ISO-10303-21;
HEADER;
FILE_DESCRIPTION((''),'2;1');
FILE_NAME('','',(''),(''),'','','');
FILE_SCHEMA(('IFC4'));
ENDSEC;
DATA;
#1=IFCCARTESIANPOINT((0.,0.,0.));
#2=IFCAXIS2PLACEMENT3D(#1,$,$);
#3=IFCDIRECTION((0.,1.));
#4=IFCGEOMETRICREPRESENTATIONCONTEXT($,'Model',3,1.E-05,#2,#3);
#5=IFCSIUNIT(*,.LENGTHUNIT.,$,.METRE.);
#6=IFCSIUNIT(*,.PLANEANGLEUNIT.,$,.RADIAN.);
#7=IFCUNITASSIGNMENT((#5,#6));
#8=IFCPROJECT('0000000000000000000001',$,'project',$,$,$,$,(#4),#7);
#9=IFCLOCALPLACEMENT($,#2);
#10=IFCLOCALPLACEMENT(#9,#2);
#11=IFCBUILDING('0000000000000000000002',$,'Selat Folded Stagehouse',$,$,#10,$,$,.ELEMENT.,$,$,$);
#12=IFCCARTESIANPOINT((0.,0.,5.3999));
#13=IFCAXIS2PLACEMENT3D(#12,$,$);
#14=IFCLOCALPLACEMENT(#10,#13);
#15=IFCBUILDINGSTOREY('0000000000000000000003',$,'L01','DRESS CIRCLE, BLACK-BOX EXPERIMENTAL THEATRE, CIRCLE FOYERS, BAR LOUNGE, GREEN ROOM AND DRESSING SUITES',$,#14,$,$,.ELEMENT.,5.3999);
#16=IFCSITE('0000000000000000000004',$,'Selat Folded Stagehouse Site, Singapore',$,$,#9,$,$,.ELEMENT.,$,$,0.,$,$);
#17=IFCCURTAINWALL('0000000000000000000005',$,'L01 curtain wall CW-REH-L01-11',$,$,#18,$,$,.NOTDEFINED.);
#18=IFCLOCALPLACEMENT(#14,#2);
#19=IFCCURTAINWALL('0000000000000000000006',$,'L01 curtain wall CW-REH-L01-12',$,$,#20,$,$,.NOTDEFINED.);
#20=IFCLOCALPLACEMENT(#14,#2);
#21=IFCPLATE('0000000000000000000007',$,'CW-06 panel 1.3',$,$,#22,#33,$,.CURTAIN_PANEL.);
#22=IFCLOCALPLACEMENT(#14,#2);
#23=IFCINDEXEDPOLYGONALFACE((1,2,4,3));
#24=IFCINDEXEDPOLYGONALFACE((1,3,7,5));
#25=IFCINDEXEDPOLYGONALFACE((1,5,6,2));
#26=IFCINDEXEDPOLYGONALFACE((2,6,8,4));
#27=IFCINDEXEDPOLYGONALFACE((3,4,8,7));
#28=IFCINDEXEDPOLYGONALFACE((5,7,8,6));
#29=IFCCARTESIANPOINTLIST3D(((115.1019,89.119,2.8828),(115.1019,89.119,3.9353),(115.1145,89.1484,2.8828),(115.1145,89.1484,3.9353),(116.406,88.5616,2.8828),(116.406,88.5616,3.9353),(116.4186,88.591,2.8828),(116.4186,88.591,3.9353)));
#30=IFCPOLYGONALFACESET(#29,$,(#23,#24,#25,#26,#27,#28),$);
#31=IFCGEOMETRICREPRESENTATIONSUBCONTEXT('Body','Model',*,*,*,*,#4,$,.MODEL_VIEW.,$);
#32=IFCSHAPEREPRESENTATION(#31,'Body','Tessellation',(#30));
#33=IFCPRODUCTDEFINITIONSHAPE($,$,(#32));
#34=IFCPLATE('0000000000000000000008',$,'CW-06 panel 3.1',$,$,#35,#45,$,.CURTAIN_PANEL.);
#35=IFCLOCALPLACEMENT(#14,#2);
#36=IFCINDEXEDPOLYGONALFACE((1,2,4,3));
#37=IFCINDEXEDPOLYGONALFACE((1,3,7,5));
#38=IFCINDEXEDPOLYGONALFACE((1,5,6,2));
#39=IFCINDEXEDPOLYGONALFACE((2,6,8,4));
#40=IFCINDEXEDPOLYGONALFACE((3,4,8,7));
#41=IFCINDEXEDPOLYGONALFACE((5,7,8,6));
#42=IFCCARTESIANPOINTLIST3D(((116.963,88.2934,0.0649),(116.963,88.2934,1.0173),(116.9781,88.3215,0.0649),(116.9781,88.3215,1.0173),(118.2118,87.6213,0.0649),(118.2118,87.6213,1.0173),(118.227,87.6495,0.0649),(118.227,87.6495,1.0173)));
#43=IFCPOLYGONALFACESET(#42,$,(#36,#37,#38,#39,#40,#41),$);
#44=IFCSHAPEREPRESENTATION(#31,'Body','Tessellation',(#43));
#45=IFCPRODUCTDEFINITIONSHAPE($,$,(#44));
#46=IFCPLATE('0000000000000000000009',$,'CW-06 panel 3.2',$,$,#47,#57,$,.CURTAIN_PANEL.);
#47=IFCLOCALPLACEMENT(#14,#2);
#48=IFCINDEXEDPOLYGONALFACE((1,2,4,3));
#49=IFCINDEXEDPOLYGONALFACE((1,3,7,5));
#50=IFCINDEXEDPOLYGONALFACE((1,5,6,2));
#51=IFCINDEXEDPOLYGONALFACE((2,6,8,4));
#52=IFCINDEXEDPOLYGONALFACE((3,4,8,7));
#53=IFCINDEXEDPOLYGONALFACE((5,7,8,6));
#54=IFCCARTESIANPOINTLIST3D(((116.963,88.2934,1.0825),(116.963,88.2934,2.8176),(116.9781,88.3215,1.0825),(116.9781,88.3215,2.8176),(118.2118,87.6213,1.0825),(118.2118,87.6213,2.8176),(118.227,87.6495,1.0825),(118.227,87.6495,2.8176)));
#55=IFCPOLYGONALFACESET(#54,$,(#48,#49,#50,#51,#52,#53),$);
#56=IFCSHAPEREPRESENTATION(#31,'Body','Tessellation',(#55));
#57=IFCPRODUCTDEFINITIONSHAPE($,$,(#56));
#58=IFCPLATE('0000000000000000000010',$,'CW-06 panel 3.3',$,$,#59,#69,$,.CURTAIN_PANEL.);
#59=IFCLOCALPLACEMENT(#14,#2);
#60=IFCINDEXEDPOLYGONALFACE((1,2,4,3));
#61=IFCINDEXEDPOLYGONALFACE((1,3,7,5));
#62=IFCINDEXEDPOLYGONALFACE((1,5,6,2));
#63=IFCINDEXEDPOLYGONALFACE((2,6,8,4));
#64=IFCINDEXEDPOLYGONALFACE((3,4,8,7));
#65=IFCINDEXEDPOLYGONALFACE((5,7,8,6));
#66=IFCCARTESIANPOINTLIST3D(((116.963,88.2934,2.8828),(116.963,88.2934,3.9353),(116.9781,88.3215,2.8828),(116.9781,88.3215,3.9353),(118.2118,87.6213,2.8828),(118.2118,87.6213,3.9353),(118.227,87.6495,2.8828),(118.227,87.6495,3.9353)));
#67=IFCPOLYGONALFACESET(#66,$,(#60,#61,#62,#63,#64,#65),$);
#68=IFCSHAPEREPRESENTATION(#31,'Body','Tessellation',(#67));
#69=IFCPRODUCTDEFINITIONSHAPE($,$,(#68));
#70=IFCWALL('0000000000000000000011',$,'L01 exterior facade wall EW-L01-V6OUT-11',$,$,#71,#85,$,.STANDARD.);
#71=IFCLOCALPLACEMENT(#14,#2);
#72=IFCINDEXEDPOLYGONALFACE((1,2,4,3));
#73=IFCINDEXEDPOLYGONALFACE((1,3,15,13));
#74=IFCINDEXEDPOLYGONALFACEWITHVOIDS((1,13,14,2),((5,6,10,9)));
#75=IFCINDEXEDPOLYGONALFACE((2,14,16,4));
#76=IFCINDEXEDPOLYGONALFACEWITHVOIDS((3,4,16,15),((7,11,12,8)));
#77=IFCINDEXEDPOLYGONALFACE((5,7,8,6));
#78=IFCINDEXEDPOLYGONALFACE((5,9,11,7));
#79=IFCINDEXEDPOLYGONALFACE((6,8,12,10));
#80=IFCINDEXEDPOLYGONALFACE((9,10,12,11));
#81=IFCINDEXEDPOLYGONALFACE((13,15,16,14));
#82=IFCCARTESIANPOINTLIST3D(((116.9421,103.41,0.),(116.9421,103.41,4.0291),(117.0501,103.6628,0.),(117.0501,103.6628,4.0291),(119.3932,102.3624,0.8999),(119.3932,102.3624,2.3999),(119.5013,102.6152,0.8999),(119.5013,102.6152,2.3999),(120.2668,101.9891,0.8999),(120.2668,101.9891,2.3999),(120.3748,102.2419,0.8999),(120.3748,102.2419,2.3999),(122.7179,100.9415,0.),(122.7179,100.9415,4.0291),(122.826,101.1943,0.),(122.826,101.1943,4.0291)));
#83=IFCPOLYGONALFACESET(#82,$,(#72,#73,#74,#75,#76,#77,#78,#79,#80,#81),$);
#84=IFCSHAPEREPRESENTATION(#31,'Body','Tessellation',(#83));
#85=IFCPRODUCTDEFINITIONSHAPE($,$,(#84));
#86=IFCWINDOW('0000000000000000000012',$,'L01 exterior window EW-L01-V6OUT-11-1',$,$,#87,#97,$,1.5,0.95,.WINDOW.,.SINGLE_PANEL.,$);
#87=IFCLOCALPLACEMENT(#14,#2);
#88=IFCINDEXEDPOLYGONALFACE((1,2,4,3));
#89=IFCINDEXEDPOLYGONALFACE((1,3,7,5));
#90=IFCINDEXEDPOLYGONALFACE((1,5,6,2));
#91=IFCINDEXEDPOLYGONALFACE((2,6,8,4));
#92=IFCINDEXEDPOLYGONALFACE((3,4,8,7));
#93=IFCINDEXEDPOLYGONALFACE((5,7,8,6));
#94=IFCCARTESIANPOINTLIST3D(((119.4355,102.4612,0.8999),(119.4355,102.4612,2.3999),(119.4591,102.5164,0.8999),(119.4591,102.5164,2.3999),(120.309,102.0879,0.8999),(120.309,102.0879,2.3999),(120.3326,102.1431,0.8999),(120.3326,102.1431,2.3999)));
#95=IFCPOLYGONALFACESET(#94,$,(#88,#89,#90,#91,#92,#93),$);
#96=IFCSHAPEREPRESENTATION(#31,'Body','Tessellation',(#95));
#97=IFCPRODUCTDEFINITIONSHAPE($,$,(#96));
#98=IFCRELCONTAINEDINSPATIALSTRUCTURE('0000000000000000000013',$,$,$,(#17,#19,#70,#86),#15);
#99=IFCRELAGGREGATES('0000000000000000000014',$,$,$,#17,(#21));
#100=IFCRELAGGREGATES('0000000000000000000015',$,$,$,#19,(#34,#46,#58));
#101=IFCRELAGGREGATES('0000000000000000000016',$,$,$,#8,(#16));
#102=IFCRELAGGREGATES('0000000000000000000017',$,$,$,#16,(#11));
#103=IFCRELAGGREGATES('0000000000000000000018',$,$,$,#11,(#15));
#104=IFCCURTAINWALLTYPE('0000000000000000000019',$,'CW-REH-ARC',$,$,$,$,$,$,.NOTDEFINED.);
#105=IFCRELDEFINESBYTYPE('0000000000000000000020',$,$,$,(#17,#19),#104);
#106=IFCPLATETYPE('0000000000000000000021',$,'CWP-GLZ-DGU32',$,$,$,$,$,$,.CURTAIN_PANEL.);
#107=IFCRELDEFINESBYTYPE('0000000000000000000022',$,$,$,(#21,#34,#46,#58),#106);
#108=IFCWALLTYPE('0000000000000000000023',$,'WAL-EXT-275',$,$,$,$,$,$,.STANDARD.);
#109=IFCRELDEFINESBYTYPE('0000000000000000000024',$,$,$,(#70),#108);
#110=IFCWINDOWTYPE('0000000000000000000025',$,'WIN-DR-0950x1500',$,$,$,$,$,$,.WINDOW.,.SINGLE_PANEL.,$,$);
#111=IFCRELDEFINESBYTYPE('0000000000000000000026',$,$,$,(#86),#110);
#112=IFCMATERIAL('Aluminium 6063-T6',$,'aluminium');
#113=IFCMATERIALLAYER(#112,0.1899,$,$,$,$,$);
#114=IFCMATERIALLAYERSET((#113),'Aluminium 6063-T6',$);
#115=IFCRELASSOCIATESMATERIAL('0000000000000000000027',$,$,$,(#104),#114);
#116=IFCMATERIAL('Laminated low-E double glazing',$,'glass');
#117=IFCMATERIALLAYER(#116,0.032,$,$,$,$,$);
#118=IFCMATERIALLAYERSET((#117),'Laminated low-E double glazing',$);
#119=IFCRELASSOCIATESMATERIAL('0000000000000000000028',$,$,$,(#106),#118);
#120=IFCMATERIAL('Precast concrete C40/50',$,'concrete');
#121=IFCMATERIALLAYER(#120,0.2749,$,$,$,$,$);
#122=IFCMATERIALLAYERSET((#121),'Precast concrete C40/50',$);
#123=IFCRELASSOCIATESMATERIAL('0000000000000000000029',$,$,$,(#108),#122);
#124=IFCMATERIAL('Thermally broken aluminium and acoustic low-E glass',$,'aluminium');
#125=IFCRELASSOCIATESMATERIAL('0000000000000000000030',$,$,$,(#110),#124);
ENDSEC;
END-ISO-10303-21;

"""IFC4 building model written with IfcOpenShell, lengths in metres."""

from ifc_helpers import new_model, si_unit, direction, frame, frame_2d, origin, origin_2d, place, context, subcontext, project, spatial, rectangle, extrude, material, layer, layer_set, type_object, element, fill, aggregate, save


model = new_model("IFC4")

# Units and contexts
model_context = context("Model", 3, precision=1e-05, world=origin(), true_north=direction((0.0, 1.0)))
body_context = subcontext(model_context, "Body", "Model", "MODEL_VIEW")
ifc_project = project(units=[si_unit("LENGTHUNIT", "METRE"), si_unit("PLANEANGLEUNIT", "RADIAN")], contexts=[model_context])

# Site, building, storey
site_placement = place(None, origin())
site = spatial("IfcSite", under=ifc_project, at=site_placement, Name="Selat Folded Stagehouse Site, Singapore", CompositionType="ELEMENT", RefElevation=0.0)
building_placement = place(site_placement, origin())
building = spatial("IfcBuilding", under=site, at=building_placement, Name="Selat Folded Stagehouse", CompositionType="ELEMENT")
storey_placement = place(building_placement, frame((0.0, 0.0, 5.3999)))
storey = spatial("IfcBuildingStorey", under=building, at=storey_placement, Name="L01", Description="DRESS CIRCLE, BLACK-BOX EXPERIMENTAL THEATRE, CIRCLE FOYERS, BAR LOUNGE, GREEN ROOM AND DRESSING SUITES", CompositionType="ELEMENT", Elevation=5.3999)

# Curtain walls
ifc_material_1 = material(Name="Aluminium 6063-T6", Category="aluminium")
ifc_layer_1 = layer(ifc_material_1, 0.1899)
ifc_layer_set_1 = layer_set([ifc_layer_1], Name="Aluminium 6063-T6")
curtain_wall_type = type_object("IfcCurtainWallType", Name="CW-REH-ARC", PredefinedType="NOTDEFINED", material=ifc_layer_set_1)
curtain_wall_1_placement = place(storey_placement, origin())
curtain_wall_1 = element("IfcCurtainWall", 1, at=curtain_wall_1_placement, inside=storey, type_object=curtain_wall_type, Name="L01 curtain wall CW-REH-L01-11", PredefinedType="NOTDEFINED")
curtain_wall_2_placement = place(storey_placement, origin())
curtain_wall_2 = element("IfcCurtainWall", 2, at=curtain_wall_2_placement, inside=storey, type_object=curtain_wall_type, Name="L01 curtain wall CW-REH-L01-12", PredefinedType="NOTDEFINED")

# Plates
ifc_material_2 = material(Name="Laminated low-E double glazing", Category="glass")
ifc_layer_2 = layer(ifc_material_2, 0.032)
ifc_layer_set_2 = layer_set([ifc_layer_2], Name="Laminated low-E double glazing")
plate_type = type_object("IfcPlateType", Name="CWP-GLZ-DGU32", PredefinedType="CURTAIN_PANEL", material=ifc_layer_set_2)
plate_1_placement = place(storey_placement, frame((115.7603, 88.855, 2.8828), z_axis=(0.0, 0.0, 1.0), x_axis=(-0.919533, 0.393012, 0.0)))
plate_1 = element("IfcPlate", 3, at=plate_1_placement, type_object=plate_type, Name="CW-06 panel 1.3", PredefinedType="CURTAIN_PANEL", context=body_context, shape_type="SweptSolid", body=[
    extrude(rectangle(XDim=1.4182, YDim=0.032, at=origin_2d()), origin(), (0.0, 0.0, 1.0), 1.0525),
])
aggregate(curtain_wall_1, [plate_1])
plate_2_placement = place(storey_placement, frame((117.595, 87.9714, 0.0649), z_axis=(0.0, 0.0, 1.0), x_axis=(-0.880601, 0.473859, 0.0)))
plate_2 = element("IfcPlate", 4, at=plate_2_placement, type_object=plate_type, Name="CW-06 panel 3.1", PredefinedType="CURTAIN_PANEL", context=body_context, shape_type="SweptSolid", body=[
    extrude(rectangle(XDim=1.4182, YDim=0.032, at=origin_2d()), origin(), (0.0, 0.0, 1.0), 0.9524),
])
plate_3_placement = place(storey_placement, frame((117.595, 87.9714, 1.0825), z_axis=(0.0, 0.0, 1.0), x_axis=(-0.880601, 0.473859, 0.0)))
plate_3 = element("IfcPlate", 5, at=plate_3_placement, type_object=plate_type, Name="CW-06 panel 3.2", PredefinedType="CURTAIN_PANEL", context=body_context, shape_type="SweptSolid", body=[
    extrude(rectangle(XDim=1.4182, YDim=0.032, at=origin_2d()), origin(), (0.0, 0.0, 1.0), 1.7351),
])
plate_4_placement = place(storey_placement, frame((117.595, 87.9714, 2.8828), z_axis=(0.0, 0.0, 1.0), x_axis=(-0.880601, 0.473859, 0.0)))
plate_4 = element("IfcPlate", 6, at=plate_4_placement, type_object=plate_type, Name="CW-06 panel 3.3", PredefinedType="CURTAIN_PANEL", context=body_context, shape_type="SweptSolid", body=[
    extrude(rectangle(XDim=1.4182, YDim=0.032, at=origin_2d()), origin(), (0.0, 0.0, 1.0), 1.0525),
])
aggregate(curtain_wall_2, [plate_2, plate_3, plate_4])

# Wall, opening, window
ifc_material_3 = material(Name="Precast concrete C40/50", Category="concrete")
ifc_layer_3 = layer(ifc_material_3, 0.2749)
ifc_layer_set_3 = layer_set([ifc_layer_3], Name="Precast concrete C40/50")
wall_type = type_object("IfcWallType", Name="WAL-EXT-275", PredefinedType="STANDARD", material=ifc_layer_set_3)
wall_placement = place(storey_placement, frame((116.9961, 103.5364, 0.0), z_axis=(0.0, 0.0, 1.0), x_axis=(0.919541, -0.392995, 0.0)))
wall = element("IfcWall", 7, at=wall_placement, inside=storey, type_object=wall_type, Name="L01 exterior facade wall EW-L01-V6OUT-11", PredefinedType="STANDARD", context=body_context, shape_type="SweptSolid", body=[
    extrude(rectangle(XDim=6.2812, YDim=0.2749, at=frame_2d((3.1406, 0.0))), origin(), (0.0, 0.0, 1.0), 4.0291),
])
opening_placement = place(wall_placement, frame((2.6655, 0.0, 0.8999)))
opening = element("IfcOpeningElement", 8, at=opening_placement, cuts=wall, PredefinedType="OPENING", context=body_context, shape_type="SweptSolid", body=[
    extrude(rectangle(XDim=0.95, YDim=1.5, at=frame_2d((0.4751, 0.75))), frame((0.0, 0.1475, 0.0), z_axis=(0.0, -1.0, 0.0), x_axis=(1.0, 0.0, 0.0)), (0.0, 0.0, 1.0), 0.2949),
])
ifc_material_4 = material(Name="Thermally broken aluminium and acoustic low-E glass", Category="aluminium")
window_type = type_object("IfcWindowType", Name="WIN-DR-0950x1500", PartitioningType="SINGLE_PANEL", PredefinedType="WINDOW", material=ifc_material_4)
window_placement = place(opening_placement, origin())
window = element("IfcWindow", 9, at=window_placement, inside=storey, type_object=window_type, Name="L01 exterior window EW-L01-V6OUT-11-1", OverallHeight=1.5, OverallWidth=0.95, PartitioningType="SINGLE_PANEL", PredefinedType="WINDOW", context=body_context, shape_type="SweptSolid", body=[
    extrude(rectangle(XDim=0.95, YDim=1.5, at=frame_2d((0.4751, 0.75))), frame((0.0, 0.03, 0.0), z_axis=(0.0, -1.0, 0.0), x_axis=(1.0, 0.0, 0.0)), (0.0, 0.0, 1.0), 0.0601),
])
fill(opening, window)

save(model, "model.ifc")
